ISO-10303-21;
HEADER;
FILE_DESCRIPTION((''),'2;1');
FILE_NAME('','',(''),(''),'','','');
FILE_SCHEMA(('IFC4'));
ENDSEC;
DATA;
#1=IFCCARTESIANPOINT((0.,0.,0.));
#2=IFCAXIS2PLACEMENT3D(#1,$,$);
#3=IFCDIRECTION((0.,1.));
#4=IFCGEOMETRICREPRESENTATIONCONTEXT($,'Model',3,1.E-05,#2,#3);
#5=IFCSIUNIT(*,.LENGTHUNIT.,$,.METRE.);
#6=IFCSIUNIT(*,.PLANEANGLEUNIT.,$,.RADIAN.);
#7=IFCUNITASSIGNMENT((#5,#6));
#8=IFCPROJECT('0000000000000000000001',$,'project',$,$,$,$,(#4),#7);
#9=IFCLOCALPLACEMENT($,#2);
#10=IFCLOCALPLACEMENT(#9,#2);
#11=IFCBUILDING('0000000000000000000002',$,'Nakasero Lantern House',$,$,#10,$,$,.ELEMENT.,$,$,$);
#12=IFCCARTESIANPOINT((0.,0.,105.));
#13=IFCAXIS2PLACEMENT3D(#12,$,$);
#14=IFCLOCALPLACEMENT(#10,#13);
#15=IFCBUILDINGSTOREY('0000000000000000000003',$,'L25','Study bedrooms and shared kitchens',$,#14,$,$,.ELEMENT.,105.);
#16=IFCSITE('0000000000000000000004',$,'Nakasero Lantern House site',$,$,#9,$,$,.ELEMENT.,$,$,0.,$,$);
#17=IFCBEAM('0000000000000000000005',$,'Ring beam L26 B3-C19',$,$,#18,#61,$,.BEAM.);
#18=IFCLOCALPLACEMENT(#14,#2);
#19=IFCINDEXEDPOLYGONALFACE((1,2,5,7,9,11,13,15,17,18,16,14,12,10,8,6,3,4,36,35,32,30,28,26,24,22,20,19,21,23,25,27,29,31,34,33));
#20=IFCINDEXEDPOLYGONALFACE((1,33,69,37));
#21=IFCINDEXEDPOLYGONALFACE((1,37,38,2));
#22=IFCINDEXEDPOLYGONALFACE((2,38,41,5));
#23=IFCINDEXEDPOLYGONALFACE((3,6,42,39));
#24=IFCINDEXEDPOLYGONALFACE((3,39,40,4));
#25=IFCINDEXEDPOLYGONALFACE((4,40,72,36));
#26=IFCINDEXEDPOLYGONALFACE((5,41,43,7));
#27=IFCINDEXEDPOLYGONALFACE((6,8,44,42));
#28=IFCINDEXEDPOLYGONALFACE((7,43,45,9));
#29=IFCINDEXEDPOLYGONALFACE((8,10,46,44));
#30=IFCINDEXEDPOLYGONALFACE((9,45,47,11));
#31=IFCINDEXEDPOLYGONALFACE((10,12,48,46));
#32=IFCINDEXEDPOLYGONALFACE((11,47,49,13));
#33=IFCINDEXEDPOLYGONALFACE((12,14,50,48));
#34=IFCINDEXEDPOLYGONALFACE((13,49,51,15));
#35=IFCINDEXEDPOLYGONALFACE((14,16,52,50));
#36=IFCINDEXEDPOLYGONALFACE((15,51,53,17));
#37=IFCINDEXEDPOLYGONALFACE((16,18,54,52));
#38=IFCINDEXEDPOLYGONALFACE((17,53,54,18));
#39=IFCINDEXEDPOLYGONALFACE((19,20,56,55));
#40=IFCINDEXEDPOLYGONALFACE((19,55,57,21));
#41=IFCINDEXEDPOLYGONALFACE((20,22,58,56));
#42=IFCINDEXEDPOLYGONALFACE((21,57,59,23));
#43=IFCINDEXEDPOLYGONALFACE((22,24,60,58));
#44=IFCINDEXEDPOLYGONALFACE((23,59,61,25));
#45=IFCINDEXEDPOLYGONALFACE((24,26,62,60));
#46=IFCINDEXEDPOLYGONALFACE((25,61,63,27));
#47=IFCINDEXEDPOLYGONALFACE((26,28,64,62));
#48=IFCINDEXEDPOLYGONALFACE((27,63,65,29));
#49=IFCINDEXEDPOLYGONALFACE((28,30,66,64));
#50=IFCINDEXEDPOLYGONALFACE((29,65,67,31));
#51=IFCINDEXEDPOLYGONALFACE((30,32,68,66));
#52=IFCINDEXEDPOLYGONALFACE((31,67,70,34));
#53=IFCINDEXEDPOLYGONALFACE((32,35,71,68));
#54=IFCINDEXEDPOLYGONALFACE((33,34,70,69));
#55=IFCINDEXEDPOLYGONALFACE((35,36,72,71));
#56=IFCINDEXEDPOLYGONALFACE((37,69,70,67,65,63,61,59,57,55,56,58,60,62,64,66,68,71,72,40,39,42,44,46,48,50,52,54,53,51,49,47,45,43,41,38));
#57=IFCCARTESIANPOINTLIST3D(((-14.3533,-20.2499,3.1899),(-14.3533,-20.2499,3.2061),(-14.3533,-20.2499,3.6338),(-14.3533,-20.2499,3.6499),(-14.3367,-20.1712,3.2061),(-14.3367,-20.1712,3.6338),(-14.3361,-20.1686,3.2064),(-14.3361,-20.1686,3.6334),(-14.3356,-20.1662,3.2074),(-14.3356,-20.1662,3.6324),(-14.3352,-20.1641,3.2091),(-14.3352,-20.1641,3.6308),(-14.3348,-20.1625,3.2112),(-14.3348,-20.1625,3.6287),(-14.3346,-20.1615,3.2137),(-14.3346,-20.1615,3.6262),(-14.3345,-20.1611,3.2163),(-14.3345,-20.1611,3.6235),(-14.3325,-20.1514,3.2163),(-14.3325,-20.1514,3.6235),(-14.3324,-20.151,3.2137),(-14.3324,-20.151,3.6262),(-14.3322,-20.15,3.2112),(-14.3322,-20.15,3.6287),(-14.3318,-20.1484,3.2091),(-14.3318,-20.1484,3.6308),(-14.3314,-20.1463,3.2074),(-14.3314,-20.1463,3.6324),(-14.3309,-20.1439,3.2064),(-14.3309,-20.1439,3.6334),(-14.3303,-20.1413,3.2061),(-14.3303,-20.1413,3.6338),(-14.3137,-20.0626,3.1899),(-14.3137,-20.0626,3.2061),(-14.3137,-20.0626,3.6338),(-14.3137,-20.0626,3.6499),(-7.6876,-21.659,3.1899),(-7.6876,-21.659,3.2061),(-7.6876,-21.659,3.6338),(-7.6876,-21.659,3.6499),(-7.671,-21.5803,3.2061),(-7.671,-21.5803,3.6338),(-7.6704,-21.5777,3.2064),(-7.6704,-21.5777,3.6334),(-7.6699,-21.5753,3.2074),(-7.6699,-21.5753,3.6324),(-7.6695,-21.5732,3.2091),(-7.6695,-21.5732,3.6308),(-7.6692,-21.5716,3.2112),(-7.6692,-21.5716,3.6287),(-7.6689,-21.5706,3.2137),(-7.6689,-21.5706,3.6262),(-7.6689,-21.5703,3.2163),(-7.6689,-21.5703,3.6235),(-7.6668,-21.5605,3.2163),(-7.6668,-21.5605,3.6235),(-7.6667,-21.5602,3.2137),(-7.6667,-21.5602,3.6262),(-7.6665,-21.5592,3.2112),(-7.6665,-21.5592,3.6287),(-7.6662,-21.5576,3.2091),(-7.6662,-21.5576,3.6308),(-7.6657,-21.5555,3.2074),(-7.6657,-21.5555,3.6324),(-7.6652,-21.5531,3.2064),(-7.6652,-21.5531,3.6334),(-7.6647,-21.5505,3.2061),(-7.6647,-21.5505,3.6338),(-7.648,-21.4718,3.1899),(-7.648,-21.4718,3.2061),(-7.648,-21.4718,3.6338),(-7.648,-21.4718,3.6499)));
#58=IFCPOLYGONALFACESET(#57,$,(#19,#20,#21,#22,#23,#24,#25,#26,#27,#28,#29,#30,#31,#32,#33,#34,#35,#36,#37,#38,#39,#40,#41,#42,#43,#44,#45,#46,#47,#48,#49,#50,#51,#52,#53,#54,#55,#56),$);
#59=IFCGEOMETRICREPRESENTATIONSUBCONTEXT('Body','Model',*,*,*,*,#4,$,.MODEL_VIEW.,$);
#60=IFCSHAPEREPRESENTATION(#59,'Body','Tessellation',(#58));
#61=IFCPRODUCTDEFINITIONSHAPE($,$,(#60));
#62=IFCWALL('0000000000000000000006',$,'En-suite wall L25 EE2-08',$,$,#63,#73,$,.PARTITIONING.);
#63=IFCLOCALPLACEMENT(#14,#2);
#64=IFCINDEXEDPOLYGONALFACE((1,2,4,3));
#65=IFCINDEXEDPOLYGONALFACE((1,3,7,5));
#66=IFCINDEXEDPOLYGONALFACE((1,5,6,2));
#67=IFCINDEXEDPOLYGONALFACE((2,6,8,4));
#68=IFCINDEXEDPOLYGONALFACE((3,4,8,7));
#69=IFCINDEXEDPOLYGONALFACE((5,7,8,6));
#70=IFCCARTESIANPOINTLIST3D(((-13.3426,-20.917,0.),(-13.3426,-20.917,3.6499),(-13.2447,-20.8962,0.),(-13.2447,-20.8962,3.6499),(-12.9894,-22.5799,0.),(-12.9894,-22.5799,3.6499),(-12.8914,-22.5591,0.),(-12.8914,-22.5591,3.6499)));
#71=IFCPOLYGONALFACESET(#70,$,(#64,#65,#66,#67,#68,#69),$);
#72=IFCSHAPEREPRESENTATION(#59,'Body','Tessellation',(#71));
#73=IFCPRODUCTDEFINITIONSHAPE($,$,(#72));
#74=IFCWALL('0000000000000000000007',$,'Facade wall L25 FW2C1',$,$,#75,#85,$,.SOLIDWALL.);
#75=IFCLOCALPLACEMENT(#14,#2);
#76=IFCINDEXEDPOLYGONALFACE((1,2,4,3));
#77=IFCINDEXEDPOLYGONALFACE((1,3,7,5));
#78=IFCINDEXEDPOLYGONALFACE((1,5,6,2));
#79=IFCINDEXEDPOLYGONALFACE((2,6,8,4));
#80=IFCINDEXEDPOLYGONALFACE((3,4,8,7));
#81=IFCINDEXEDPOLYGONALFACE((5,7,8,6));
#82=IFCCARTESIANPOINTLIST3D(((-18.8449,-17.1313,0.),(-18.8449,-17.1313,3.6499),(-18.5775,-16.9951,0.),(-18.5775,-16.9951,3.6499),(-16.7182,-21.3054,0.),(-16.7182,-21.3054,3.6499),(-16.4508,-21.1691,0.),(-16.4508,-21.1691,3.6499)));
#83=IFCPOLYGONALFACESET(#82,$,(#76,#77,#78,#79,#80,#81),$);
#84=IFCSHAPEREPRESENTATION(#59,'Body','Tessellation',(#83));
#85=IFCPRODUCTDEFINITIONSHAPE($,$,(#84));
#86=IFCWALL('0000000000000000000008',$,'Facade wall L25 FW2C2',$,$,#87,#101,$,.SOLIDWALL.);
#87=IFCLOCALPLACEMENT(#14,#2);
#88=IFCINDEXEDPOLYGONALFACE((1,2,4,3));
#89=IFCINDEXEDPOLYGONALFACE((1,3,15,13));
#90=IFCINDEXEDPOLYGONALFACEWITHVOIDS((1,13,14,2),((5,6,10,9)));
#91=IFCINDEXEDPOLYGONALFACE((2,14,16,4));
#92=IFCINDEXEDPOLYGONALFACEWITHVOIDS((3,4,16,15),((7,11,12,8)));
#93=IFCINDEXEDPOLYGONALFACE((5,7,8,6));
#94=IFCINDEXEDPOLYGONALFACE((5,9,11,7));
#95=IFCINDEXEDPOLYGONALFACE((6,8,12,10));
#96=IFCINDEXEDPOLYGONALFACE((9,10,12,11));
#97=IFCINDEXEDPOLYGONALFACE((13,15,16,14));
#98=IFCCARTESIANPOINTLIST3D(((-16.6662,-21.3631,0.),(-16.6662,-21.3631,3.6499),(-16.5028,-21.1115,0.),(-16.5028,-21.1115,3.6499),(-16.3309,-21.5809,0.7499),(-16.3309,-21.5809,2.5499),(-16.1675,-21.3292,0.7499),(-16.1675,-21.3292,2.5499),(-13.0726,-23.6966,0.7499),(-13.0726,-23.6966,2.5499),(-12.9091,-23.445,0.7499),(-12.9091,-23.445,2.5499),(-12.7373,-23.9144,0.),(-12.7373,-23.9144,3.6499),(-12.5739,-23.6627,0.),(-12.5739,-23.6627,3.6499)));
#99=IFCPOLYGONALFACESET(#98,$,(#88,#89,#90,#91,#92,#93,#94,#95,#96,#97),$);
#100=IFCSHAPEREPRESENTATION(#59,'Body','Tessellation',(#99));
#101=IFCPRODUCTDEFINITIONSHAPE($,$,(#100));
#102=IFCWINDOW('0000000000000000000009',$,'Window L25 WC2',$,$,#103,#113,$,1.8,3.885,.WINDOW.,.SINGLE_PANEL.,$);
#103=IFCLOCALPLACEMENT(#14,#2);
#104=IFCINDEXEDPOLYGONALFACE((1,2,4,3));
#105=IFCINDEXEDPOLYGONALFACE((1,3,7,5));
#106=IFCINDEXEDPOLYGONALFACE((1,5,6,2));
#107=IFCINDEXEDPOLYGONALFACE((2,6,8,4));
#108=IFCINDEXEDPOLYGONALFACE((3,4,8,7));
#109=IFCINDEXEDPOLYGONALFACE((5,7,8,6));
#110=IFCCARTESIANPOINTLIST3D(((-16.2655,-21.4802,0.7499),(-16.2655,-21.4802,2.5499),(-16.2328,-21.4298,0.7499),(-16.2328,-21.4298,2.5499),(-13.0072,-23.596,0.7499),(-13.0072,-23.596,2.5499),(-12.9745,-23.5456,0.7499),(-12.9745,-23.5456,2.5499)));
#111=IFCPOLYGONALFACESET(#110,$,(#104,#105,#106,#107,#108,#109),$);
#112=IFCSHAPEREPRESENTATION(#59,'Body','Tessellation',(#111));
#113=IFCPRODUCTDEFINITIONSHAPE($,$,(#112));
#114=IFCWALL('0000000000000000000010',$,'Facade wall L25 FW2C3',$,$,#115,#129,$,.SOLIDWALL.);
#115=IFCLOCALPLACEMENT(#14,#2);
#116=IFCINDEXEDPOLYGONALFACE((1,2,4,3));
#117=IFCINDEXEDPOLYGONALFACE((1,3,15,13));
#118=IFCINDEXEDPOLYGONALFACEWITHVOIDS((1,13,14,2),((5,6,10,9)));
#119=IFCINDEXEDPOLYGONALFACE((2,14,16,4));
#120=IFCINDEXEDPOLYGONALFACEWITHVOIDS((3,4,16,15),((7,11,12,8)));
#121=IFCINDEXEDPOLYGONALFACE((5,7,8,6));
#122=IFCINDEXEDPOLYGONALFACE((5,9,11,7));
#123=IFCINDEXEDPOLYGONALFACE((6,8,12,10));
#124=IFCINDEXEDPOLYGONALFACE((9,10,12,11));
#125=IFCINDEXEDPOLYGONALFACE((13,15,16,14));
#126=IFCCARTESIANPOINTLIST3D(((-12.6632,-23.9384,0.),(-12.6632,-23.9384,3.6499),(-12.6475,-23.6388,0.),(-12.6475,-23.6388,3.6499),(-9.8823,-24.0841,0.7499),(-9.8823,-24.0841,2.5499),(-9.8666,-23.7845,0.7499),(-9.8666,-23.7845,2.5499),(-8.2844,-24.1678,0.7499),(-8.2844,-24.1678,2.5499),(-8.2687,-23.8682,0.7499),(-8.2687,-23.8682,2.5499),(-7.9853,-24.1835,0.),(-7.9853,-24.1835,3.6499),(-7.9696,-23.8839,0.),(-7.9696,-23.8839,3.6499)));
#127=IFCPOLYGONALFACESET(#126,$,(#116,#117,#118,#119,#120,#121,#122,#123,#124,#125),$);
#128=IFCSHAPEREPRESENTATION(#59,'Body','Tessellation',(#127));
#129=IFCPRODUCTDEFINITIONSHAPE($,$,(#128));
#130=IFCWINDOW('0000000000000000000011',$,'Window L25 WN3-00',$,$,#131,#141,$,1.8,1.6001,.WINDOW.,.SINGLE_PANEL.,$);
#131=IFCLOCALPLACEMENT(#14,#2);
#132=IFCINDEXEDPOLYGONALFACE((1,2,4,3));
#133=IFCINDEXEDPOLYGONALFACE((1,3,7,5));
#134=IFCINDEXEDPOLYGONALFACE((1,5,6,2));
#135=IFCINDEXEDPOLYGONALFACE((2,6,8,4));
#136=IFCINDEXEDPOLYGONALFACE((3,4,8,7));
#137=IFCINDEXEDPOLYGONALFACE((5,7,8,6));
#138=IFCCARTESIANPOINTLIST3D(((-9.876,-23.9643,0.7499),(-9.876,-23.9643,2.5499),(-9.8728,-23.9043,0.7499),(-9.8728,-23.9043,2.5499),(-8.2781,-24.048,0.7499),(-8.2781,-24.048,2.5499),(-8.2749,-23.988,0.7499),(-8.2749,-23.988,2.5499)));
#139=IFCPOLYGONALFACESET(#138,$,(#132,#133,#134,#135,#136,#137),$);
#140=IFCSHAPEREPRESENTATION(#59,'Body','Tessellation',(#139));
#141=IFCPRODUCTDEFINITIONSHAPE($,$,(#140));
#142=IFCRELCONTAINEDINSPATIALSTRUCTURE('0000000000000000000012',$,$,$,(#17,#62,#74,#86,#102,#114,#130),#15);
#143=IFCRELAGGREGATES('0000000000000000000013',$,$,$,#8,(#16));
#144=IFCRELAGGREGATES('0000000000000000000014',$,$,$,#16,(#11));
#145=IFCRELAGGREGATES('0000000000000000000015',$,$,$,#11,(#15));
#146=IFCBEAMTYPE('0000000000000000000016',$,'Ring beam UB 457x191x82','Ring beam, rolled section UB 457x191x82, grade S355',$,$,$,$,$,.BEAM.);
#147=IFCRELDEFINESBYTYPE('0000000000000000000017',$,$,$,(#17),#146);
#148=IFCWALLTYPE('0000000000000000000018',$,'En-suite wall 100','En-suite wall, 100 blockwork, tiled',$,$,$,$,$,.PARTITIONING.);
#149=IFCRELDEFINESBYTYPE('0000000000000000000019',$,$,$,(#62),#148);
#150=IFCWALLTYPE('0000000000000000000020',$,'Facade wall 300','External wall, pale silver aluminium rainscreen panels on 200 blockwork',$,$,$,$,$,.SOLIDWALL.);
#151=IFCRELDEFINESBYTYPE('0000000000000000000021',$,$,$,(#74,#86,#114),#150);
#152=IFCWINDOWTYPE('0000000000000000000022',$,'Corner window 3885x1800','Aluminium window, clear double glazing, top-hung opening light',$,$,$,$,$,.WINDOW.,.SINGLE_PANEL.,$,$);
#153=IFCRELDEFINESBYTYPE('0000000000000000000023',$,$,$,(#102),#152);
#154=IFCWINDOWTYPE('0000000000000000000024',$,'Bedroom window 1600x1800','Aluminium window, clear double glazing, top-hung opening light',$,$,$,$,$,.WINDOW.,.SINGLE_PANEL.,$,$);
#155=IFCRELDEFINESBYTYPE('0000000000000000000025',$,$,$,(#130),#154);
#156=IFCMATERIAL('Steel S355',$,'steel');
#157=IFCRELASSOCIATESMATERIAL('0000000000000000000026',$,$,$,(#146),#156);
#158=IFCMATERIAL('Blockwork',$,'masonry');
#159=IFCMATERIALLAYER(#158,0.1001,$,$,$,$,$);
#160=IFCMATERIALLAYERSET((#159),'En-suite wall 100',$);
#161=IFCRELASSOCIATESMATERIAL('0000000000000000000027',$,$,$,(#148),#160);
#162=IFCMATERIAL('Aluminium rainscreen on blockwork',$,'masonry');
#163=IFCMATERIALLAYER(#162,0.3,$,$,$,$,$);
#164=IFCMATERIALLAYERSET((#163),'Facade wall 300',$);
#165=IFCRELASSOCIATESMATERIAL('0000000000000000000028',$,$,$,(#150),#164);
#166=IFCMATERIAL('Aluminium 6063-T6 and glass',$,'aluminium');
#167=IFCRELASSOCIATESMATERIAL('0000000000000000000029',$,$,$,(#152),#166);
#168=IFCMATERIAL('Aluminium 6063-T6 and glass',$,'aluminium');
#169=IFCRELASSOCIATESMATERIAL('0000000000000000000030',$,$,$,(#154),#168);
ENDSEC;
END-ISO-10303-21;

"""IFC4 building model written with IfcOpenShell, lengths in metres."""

from ifc_helpers import new_model, si_unit, direction, frame, frame_2d, origin, origin_2d, place, context, subcontext, project, spatial, rectangle, i_section, extrude, material, layer, layer_set, material_profile, profile_set, type_object, element, fill, save


model = new_model("IFC4")

# Units and contexts
model_context = context("Model", 3, precision=1e-05, world=origin(), true_north=direction((0.0, 1.0)))
body_context = subcontext(model_context, "Body", "Model", "MODEL_VIEW")
ifc_project = project(units=[si_unit("LENGTHUNIT", "METRE"), si_unit("PLANEANGLEUNIT", "RADIAN")], contexts=[model_context])

# Site, building, storey
site_placement = place(None, origin())
site = spatial("IfcSite", under=ifc_project, at=site_placement, Name="Nakasero Lantern House site", CompositionType="ELEMENT", RefElevation=0.0)
building_placement = place(site_placement, origin())
building = spatial("IfcBuilding", under=site, at=building_placement, Name="Nakasero Lantern House", CompositionType="ELEMENT")
storey_placement = place(building_placement, frame((0.0, 0.0, 105.0)))
storey = spatial("IfcBuildingStorey", under=building, at=storey_placement, Name="L25", Description="Study bedrooms and shared kitchens", CompositionType="ELEMENT", Elevation=105.0)

# Beam
ifc_material_1 = material(Name="Steel S355", Category="steel")
ifc_material_profile_1 = material_profile(ifc_material_1, i_section(OverallWidth=0.1914, OverallDepth=0.46, WebThickness=0.01, FlangeThickness=0.0161, FilletRadius=0.0103, at=origin_2d()), Name="UB 457x191x82")
ifc_profile_set_1 = profile_set([ifc_material_profile_1], Name="Steel S355")
beam_type_1 = type_object("IfcBeamType", Name="Ring beam UB 457x191x82", Description="Ring beam, rolled section UB 457x191x82, grade S355", PredefinedType="BEAM", material=ifc_profile_set_1)
beam_1_placement = place(storey_placement, frame((-14.3335, -20.1562, 3.4199), z_axis=(0.978376, -0.206834, 0.0), x_axis=(0.206834, 0.978376, 0.0)))
element("IfcBeam", 1, at=beam_1_placement, inside=storey, type_object=beam_type_1, Name="Ring beam L26 B3-C19", PredefinedType="BEAM", context=body_context, shape_type="SweptSolid", body=[
    extrude(i_section(OverallWidth=0.1914, OverallDepth=0.46, WebThickness=0.01, FlangeThickness=0.0161, FilletRadius=0.0103, at=origin_2d()), origin(), (0.0, 0.0, 1.0), 6.813),
])

# Walls
ifc_material_2 = material(Name="Blockwork", Category="masonry")
ifc_layer_1 = layer(ifc_material_2, 0.1001)
ifc_layer_set_1 = layer_set([ifc_layer_1], Name="En-suite wall 100")
wall_type_1 = type_object("IfcWallType", Name="En-suite wall 100", Description="En-suite wall, 100 blockwork, tiled", PredefinedType="PARTITIONING", material=ifc_layer_set_1)
wall_1_placement = place(storey_placement, frame((-13.2937, -20.9065, 0.0), z_axis=(0.0, 0.0, 1.0), x_axis=(0.207812, -0.978169, 0.0)))
element("IfcWall", 2, at=wall_1_placement, inside=storey, type_object=wall_type_1, Name="En-suite wall L25 EE2-08", PredefinedType="PARTITIONING", context=body_context, shape_type="SweptSolid", body=[
    extrude(rectangle(XDim=1.7, YDim=0.1001, at=frame_2d((0.8501, 0.0))), origin(), (0.0, 0.0, 1.0), 3.6499),
])
ifc_material_3 = material(Name="Aluminium rainscreen on blockwork", Category="masonry")
ifc_layer_2 = layer(ifc_material_3, 0.3)
ifc_layer_set_2 = layer_set([ifc_layer_2], Name="Facade wall 300")
wall_type_2 = type_object("IfcWallType", Name="Facade wall 300", Description="External wall, pale silver aluminium rainscreen panels on 200 blockwork", PredefinedType="SOLIDWALL", material=ifc_layer_set_2)
wall_2_placement = place(storey_placement, frame((-18.7112, -17.0632, 0.0), z_axis=(0.0, 0.0, 1.0), x_axis=(0.453976, -0.891014, 0.0)))
element("IfcWall", 3, at=wall_2_placement, inside=storey, type_object=wall_type_2, Name="Facade wall L25 FW2C1", PredefinedType="SOLIDWALL", context=body_context, shape_type="SweptSolid", body=[
    extrude(rectangle(XDim=4.6846, YDim=0.3, at=frame_2d((2.3423, 0.0))), origin(), (0.0, 0.0, 1.0), 3.6499),
])

# Walls, openings, windows
wall_3_placement = place(storey_placement, frame((-16.5845, -21.2373, 0.0), z_axis=(0.0, 0.0, 1.0), x_axis=(0.838692, -0.544605, 0.0)))
wall_3 = element("IfcWall", 4, at=wall_3_placement, inside=storey, type_object=wall_type_2, Name="Facade wall L25 FW2C2", PredefinedType="SOLIDWALL", context=body_context, shape_type="SweptSolid", body=[
    extrude(rectangle(XDim=4.6846, YDim=0.3, at=frame_2d((2.3423, 0.0))), origin(), (0.0, 0.0, 1.0), 3.6499),
])
opening_1_placement = place(wall_3_placement, frame((0.3999, 0.0, 0.75)))
opening_1 = element("IfcOpeningElement", 5, at=opening_1_placement, cuts=wall_3, PredefinedType="OPENING", context=body_context, shape_type="SweptSolid", body=[
    extrude(rectangle(XDim=3.885, YDim=1.8, at=frame_2d((1.9424, 0.8999))), frame((0.0, 0.1699, 0.0), z_axis=(0.0, -1.0, 0.0), x_axis=(1.0, 0.0, 0.0)), (0.0, 0.0, 1.0), 0.3401),
])
ifc_material_4 = material(Name="Aluminium 6063-T6 and glass", Category="aluminium")
window_type_1 = type_object("IfcWindowType", Name="Corner window 3885x1800", Description="Aluminium window, clear double glazing, top-hung opening light", PartitioningType="SINGLE_PANEL", PredefinedType="WINDOW", material=ifc_material_4)
window_1_placement = place(opening_1_placement, origin())
window_1 = element("IfcWindow", 6, at=window_1_placement, inside=storey, type_object=window_type_1, Name="Window L25 WC2", OverallHeight=1.8, OverallWidth=3.885, PartitioningType="SINGLE_PANEL", PredefinedType="WINDOW", context=body_context, shape_type="SweptSolid", body=[
    extrude(rectangle(XDim=3.885, YDim=1.8, at=frame_2d((1.9424, 0.8999))), frame((0.0, 0.03, 0.0), z_axis=(0.0, -1.0, 0.0), x_axis=(1.0, 0.0, 0.0)), (0.0, 0.0, 1.0), 0.0601),
])
fill(opening_1, window_1)
wall_4_placement = place(storey_placement, frame((-12.6555, -23.7886, 0.0), z_axis=(0.0, 0.0, 1.0), x_axis=(0.99863, -0.052326, 0.0)))
wall_4 = element("IfcWall", 7, at=wall_4_placement, inside=storey, type_object=wall_type_2, Name="Facade wall L25 FW2C3", PredefinedType="SOLIDWALL", context=body_context, shape_type="SweptSolid", body=[
    extrude(rectangle(XDim=4.6843, YDim=0.3, at=frame_2d((2.3423, 0.0))), origin(), (0.0, 0.0, 1.0), 3.6499),
])
opening_2_placement = place(wall_4_placement, frame((2.7849, 0.0, 0.75)))
opening_2 = element("IfcOpeningElement", 8, at=opening_2_placement, cuts=wall_4, PredefinedType="OPENING", context=body_context, shape_type="SweptSolid", body=[
    extrude(rectangle(XDim=1.6001, YDim=1.8, at=frame_2d((0.8, 0.8999))), frame((0.0, 0.1699, 0.0), z_axis=(0.0, -1.0, 0.0), x_axis=(1.0, 0.0, 0.0)), (0.0, 0.0, 1.0), 0.3401),
])
ifc_material_5 = material(Name="Aluminium 6063-T6 and glass", Category="aluminium")
window_type_2 = type_object("IfcWindowType", Name="Bedroom window 1600x1800", Description="Aluminium window, clear double glazing, top-hung opening light", PartitioningType="SINGLE_PANEL", PredefinedType="WINDOW", material=ifc_material_5)
window_2_placement = place(opening_2_placement, origin())
window_2 = element("IfcWindow", 9, at=window_2_placement, inside=storey, type_object=window_type_2, Name="Window L25 WN3-00", OverallHeight=1.8, OverallWidth=1.6001, PartitioningType="SINGLE_PANEL", PredefinedType="WINDOW", context=body_context, shape_type="SweptSolid", body=[
    extrude(rectangle(XDim=1.6001, YDim=1.8, at=frame_2d((0.8, 0.8999))), frame((0.0, 0.03, 0.0), z_axis=(0.0, -1.0, 0.0), x_axis=(1.0, 0.0, 0.0)), (0.0, 0.0, 1.0), 0.0601),
])
fill(opening_2, window_2)

save(model, "model.ifc")
